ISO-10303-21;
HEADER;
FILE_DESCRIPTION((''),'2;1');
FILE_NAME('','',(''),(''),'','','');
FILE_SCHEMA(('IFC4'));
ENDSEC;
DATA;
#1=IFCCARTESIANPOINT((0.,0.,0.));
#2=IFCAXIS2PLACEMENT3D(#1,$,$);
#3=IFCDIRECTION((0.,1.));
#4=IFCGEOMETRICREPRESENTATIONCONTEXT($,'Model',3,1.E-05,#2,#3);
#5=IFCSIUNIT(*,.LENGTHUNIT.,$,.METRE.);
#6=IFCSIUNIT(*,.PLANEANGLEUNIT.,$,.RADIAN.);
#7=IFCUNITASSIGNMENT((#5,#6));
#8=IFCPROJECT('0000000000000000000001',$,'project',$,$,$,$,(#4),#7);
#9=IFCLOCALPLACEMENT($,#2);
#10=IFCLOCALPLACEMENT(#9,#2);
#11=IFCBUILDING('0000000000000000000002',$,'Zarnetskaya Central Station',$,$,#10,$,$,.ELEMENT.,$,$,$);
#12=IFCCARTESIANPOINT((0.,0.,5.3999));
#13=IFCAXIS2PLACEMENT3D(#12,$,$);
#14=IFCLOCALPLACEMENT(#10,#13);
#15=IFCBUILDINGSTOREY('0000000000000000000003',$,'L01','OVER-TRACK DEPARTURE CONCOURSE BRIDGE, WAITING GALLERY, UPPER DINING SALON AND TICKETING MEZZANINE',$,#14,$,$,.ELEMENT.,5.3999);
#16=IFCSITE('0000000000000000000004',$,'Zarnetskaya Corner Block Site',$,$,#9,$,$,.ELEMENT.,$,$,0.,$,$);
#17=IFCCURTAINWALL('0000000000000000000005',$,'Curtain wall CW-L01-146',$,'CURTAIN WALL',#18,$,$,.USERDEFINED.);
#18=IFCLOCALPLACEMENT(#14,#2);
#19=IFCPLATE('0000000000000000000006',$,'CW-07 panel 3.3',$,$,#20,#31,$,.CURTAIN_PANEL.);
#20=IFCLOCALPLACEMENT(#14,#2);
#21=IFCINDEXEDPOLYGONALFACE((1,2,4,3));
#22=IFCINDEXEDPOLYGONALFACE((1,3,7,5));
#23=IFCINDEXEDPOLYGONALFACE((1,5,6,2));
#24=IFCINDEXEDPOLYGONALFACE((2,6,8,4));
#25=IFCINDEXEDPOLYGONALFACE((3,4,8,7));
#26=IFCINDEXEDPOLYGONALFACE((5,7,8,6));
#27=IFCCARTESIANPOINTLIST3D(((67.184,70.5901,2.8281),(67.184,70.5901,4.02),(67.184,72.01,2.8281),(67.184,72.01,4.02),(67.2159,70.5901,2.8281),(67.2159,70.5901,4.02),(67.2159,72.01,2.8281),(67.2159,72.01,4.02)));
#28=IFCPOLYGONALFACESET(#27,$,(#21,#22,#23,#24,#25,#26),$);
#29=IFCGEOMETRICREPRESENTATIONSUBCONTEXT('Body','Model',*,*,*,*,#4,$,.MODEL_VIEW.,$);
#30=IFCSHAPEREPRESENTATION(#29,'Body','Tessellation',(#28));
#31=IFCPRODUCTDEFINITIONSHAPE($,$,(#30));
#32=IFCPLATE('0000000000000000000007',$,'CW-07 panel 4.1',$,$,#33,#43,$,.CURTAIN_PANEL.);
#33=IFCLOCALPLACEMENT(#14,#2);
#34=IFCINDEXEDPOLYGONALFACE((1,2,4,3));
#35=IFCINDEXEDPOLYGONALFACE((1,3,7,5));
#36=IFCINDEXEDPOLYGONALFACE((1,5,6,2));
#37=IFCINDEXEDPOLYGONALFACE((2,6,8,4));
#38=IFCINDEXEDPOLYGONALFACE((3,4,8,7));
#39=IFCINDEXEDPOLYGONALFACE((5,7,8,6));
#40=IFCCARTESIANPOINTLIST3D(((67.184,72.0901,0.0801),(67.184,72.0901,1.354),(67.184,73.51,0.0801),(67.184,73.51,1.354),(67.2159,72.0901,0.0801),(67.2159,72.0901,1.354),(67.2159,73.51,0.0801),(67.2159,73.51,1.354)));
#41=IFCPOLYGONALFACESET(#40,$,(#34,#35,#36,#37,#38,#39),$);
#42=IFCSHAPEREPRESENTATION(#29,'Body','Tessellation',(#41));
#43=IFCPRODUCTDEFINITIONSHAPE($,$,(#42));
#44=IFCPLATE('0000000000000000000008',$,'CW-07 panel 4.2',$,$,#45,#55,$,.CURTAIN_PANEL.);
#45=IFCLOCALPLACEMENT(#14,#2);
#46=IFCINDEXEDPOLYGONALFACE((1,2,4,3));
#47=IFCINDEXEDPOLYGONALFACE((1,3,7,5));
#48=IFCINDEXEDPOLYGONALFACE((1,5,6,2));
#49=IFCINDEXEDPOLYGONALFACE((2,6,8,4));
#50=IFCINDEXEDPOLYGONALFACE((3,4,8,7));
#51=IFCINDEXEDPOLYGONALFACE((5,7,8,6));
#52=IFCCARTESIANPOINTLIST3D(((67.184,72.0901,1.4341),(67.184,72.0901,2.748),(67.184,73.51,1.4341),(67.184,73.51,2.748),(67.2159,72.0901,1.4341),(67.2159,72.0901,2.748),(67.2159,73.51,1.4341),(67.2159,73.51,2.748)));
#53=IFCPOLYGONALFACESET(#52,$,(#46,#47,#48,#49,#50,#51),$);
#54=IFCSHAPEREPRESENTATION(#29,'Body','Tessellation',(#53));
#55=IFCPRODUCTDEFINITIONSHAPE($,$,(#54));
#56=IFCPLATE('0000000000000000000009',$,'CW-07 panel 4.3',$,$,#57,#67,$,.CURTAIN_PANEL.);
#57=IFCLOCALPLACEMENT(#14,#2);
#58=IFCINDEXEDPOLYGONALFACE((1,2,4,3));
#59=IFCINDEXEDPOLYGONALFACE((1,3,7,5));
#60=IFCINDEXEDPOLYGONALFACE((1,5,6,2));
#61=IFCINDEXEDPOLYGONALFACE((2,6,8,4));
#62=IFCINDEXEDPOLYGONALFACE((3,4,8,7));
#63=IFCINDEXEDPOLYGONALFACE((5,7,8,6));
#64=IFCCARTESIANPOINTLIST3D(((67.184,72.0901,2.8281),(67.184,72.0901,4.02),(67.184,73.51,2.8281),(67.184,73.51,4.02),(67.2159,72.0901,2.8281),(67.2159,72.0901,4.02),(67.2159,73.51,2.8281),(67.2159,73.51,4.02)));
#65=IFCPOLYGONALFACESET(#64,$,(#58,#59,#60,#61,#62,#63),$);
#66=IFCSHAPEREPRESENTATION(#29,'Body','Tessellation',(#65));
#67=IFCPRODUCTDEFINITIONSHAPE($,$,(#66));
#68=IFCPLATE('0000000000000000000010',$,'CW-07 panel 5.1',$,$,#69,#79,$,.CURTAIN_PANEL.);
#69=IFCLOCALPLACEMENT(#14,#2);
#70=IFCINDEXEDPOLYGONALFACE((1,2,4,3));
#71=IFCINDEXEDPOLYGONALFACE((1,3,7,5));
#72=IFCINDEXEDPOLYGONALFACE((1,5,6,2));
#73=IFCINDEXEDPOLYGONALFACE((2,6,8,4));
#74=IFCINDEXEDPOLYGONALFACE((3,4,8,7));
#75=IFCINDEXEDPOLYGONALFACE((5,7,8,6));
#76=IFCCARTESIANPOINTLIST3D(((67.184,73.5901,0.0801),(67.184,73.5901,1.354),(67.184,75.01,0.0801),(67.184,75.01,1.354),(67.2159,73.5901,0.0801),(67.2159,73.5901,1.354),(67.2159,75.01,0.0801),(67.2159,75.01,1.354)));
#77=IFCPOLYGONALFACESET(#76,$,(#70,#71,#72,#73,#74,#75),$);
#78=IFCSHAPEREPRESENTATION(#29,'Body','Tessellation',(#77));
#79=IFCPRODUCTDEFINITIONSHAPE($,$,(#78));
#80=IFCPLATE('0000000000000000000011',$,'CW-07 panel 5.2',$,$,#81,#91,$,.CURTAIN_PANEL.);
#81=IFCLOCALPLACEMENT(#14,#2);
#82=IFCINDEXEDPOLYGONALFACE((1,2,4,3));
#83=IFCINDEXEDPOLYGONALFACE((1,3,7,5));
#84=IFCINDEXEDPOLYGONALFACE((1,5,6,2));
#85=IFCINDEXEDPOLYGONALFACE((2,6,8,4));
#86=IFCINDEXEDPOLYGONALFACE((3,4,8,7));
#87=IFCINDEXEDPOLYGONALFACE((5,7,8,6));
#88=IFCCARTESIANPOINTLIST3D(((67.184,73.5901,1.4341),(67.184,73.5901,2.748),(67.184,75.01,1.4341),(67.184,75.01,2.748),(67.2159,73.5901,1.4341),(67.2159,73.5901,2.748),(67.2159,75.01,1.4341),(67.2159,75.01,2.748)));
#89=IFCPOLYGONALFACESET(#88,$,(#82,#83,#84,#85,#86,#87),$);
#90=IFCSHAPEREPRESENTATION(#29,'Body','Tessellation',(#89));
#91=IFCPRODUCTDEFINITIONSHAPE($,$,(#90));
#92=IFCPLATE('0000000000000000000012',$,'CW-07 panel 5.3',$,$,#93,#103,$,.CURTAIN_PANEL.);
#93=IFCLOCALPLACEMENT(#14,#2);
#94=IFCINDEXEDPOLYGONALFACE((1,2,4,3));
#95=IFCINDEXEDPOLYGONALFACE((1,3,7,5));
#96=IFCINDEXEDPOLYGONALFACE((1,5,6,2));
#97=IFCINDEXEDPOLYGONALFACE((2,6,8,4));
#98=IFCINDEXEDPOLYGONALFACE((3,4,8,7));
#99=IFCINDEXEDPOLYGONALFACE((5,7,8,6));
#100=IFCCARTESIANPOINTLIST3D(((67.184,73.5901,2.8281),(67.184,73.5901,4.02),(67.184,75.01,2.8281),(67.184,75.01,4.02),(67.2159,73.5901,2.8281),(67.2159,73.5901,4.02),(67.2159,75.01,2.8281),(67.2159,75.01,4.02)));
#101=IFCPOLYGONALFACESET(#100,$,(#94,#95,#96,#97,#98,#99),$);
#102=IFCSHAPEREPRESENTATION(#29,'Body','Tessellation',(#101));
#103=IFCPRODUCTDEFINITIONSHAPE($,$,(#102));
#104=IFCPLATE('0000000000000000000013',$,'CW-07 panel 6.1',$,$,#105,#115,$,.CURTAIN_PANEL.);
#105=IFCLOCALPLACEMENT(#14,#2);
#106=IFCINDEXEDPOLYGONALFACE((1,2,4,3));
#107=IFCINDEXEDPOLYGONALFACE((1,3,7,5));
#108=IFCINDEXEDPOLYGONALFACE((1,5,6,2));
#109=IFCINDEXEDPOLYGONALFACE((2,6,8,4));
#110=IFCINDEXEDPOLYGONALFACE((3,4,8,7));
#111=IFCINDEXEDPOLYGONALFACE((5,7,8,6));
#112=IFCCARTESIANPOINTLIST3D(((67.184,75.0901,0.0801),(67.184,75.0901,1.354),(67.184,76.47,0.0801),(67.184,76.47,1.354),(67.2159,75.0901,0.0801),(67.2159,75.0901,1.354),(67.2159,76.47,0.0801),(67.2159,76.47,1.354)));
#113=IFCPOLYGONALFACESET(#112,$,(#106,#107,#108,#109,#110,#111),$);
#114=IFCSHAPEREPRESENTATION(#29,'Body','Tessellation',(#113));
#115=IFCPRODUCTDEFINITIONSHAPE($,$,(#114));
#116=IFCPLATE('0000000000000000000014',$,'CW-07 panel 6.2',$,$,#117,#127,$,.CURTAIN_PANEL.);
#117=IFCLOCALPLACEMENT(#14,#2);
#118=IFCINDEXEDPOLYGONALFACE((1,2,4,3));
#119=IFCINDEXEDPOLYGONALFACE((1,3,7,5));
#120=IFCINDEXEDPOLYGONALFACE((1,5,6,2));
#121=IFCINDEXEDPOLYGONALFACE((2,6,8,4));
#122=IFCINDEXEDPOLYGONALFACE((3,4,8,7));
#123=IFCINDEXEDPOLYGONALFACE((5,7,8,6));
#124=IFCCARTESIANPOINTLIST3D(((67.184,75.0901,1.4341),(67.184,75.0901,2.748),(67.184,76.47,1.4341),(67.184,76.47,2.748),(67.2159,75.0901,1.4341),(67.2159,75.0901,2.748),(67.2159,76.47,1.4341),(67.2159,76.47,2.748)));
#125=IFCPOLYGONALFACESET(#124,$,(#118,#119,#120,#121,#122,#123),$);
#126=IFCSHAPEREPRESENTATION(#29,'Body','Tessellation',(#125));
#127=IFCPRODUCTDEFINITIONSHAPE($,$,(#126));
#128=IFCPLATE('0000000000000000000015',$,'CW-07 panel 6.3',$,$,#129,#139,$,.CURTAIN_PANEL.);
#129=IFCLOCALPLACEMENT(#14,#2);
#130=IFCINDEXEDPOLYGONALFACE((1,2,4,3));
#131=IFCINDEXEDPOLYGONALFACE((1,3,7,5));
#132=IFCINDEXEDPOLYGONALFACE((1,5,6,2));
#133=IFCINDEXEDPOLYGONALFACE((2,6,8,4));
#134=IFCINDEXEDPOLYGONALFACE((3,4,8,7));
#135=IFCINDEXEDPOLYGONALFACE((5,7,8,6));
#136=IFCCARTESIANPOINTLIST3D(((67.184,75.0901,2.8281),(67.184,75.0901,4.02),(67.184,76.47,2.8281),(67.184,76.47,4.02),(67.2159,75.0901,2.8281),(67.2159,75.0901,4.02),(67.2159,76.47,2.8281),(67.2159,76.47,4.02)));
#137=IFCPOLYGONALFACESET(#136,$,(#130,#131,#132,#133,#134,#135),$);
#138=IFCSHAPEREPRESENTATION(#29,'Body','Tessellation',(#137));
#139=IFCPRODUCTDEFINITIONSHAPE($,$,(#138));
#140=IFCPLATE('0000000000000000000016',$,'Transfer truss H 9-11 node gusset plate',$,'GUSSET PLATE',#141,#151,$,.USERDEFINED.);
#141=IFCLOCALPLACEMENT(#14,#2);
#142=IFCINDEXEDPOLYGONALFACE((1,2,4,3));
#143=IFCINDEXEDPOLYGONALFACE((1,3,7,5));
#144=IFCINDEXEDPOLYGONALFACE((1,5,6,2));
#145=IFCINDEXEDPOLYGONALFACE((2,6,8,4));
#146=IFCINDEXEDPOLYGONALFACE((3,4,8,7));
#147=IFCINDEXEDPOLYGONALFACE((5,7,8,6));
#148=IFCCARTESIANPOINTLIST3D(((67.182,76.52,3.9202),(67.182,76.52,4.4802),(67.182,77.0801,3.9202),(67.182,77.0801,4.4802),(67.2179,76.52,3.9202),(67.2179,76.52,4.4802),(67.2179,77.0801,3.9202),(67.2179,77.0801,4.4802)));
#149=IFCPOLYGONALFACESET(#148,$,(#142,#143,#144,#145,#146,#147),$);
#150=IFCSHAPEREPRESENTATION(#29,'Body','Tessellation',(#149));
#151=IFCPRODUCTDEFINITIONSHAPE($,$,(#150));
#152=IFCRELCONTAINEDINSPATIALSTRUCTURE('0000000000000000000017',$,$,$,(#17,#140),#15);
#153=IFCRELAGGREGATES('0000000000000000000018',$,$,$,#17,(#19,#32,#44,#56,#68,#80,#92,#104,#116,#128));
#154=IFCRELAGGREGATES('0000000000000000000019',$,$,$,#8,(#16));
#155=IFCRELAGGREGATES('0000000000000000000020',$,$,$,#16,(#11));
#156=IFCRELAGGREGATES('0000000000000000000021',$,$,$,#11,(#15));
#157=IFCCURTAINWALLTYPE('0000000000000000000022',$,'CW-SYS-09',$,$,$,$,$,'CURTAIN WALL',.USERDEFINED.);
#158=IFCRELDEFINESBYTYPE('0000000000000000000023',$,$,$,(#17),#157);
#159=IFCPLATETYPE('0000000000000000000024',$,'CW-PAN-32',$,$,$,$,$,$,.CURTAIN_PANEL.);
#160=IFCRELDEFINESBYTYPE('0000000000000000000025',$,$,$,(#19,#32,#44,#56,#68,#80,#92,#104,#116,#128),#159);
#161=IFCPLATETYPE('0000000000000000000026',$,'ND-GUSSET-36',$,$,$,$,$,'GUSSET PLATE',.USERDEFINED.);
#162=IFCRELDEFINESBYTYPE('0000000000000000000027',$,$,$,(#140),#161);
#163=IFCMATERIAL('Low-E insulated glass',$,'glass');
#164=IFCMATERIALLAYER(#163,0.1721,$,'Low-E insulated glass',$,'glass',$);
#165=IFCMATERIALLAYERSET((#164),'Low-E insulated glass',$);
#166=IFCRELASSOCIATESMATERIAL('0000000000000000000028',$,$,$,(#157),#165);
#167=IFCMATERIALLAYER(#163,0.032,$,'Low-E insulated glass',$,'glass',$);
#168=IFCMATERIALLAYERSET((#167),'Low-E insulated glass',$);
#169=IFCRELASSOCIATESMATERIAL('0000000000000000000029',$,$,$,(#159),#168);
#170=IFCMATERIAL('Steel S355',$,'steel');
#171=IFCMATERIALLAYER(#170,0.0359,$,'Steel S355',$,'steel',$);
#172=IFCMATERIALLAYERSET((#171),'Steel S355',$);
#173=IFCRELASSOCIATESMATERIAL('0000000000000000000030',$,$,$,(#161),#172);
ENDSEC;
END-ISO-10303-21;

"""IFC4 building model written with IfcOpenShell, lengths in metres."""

from ifc_helpers import new_model, si_unit, direction, frame, origin, origin_2d, place, context, subcontext, project, spatial, rectangle, extrude, material, layer, layer_set, type_object, element, aggregate, save


model = new_model("IFC4")

# Units and contexts
model_context = context("Model", 3, precision=1e-05, world=origin(), true_north=direction((0.0, 1.0)))
body_context = subcontext(model_context, "Body", "Model", "MODEL_VIEW")
ifc_project = project(units=[si_unit("LENGTHUNIT", "METRE"), si_unit("PLANEANGLEUNIT", "RADIAN")], contexts=[model_context])

# Site, building, storey
site_placement = place(None, origin())
site = spatial("IfcSite", under=ifc_project, at=site_placement, Name="Zarnetskaya Corner Block Site", CompositionType="ELEMENT", RefElevation=0.0)
building_placement = place(site_placement, origin())
building = spatial("IfcBuilding", under=site, at=building_placement, Name="Zarnetskaya Central Station", CompositionType="ELEMENT")
storey_placement = place(building_placement, frame((0.0, 0.0, 5.3999)))
storey = spatial("IfcBuildingStorey", under=building, at=storey_placement, Name="L01", Description="OVER-TRACK DEPARTURE CONCOURSE BRIDGE, WAITING GALLERY, UPPER DINING SALON AND TICKETING MEZZANINE", CompositionType="ELEMENT", Elevation=5.3999)

# Shared definitions
ifc_material_1 = material(Name="Low-E insulated glass", Category="glass")
ifc_layer_1 = layer(ifc_material_1, 0.1721, Name="Low-E insulated glass", Category="glass")
ifc_layer_set_1 = layer_set([ifc_layer_1], Name="Low-E insulated glass")
curtain_wall_type = type_object("IfcCurtainWallType", Name="CW-SYS-09", ElementType="CURTAIN WALL", PredefinedType="USERDEFINED", material=ifc_layer_set_1)

# Curtain wall
curtain_wall_1_placement = place(storey_placement, origin())
curtain_wall_1 = element("IfcCurtainWall", 1, at=curtain_wall_1_placement, inside=storey, type_object=curtain_wall_type, Name="Curtain wall CW-L01-146", ObjectType="CURTAIN WALL", PredefinedType="USERDEFINED")

# Shared definitions
ifc_material_2 = material(Name="Steel S355", Category="steel")

# Plates
ifc_layer_2 = layer(ifc_material_1, 0.032, Name="Low-E insulated glass", Category="glass")
ifc_layer_set_2 = layer_set([ifc_layer_2], Name="Low-E insulated glass")
plate_type_1 = type_object("IfcPlateType", Name="CW-PAN-32", PredefinedType="CURTAIN_PANEL", material=ifc_layer_set_2)
plate_1_placement = place(storey_placement, frame((67.2, 71.3, 2.8281), z_axis=(0.0, 0.0, 1.0), x_axis=(0.0, 1.0, 0.0)))
plate_1 = element("IfcPlate", 2, at=plate_1_placement, type_object=plate_type_1, Name="CW-07 panel 3.3", PredefinedType="CURTAIN_PANEL", context=body_context, shape_type="SweptSolid", body=[
    extrude(rectangle(XDim=1.4199, YDim=0.032, at=origin_2d()), origin(), (0.0, 0.0, 1.0), 1.1919),
])
plate_2_placement = place(storey_placement, frame((67.2, 72.8, 0.0801), z_axis=(0.0, 0.0, 1.0), x_axis=(0.0, 1.0, 0.0)))
plate_2 = element("IfcPlate", 3, at=plate_2_placement, type_object=plate_type_1, Name="CW-07 panel 4.1", PredefinedType="CURTAIN_PANEL", context=body_context, shape_type="SweptSolid", body=[
    extrude(rectangle(XDim=1.4199, YDim=0.032, at=origin_2d()), origin(), (0.0, 0.0, 1.0), 1.2739),
])
plate_3_placement = place(storey_placement, frame((67.2, 72.8, 1.4341), z_axis=(0.0, 0.0, 1.0), x_axis=(0.0, 1.0, 0.0)))
plate_3 = element("IfcPlate", 4, at=plate_3_placement, type_object=plate_type_1, Name="CW-07 panel 4.2", PredefinedType="CURTAIN_PANEL", context=body_context, shape_type="SweptSolid", body=[
    extrude(rectangle(XDim=1.4199, YDim=0.032, at=origin_2d()), origin(), (0.0, 0.0, 1.0), 1.314),
])
plate_4_placement = place(storey_placement, frame((67.2, 72.8, 2.8281), z_axis=(0.0, 0.0, 1.0), x_axis=(0.0, 1.0, 0.0)))
plate_4 = element("IfcPlate", 5, at=plate_4_placement, type_object=plate_type_1, Name="CW-07 panel 4.3", PredefinedType="CURTAIN_PANEL", context=body_context, shape_type="SweptSolid", body=[
    extrude(rectangle(XDim=1.4199, YDim=0.032, at=origin_2d()), origin(), (0.0, 0.0, 1.0), 1.1919),
])
plate_5_placement = place(storey_placement, frame((67.2, 74.3, 0.0801), z_axis=(0.0, 0.0, 1.0), x_axis=(0.0, 1.0, 0.0)))
plate_5 = element("IfcPlate", 6, at=plate_5_placement, type_object=plate_type_1, Name="CW-07 panel 5.1", PredefinedType="CURTAIN_PANEL", context=body_context, shape_type="SweptSolid", body=[
    extrude(rectangle(XDim=1.4199, YDim=0.032, at=origin_2d()), origin(), (0.0, 0.0, 1.0), 1.2739),
])
plate_6_placement = place(storey_placement, frame((67.2, 74.3, 1.4341), z_axis=(0.0, 0.0, 1.0), x_axis=(0.0, 1.0, 0.0)))
plate_6 = element("IfcPlate", 7, at=plate_6_placement, type_object=plate_type_1, Name="CW-07 panel 5.2", PredefinedType="CURTAIN_PANEL", context=body_context, shape_type="SweptSolid", body=[
    extrude(rectangle(XDim=1.4199, YDim=0.032, at=origin_2d()), origin(), (0.0, 0.0, 1.0), 1.314),
])
plate_7_placement = place(storey_placement, frame((67.2, 74.3, 2.8281), z_axis=(0.0, 0.0, 1.0), x_axis=(0.0, 1.0, 0.0)))
plate_7 = element("IfcPlate", 8, at=plate_7_placement, type_object=plate_type_1, Name="CW-07 panel 5.3", PredefinedType="CURTAIN_PANEL", context=body_context, shape_type="SweptSolid", body=[
    extrude(rectangle(XDim=1.4199, YDim=0.032, at=origin_2d()), origin(), (0.0, 0.0, 1.0), 1.1919),
])
plate_8_placement = place(storey_placement, frame((67.2, 75.78, 0.0801), z_axis=(0.0, 0.0, 1.0), x_axis=(0.0, 1.0, 0.0)))
plate_8 = element("IfcPlate", 9, at=plate_8_placement, type_object=plate_type_1, Name="CW-07 panel 6.1", PredefinedType="CURTAIN_PANEL", context=body_context, shape_type="SweptSolid", body=[
    extrude(rectangle(XDim=1.3799, YDim=0.032, at=origin_2d()), origin(), (0.0, 0.0, 1.0), 1.2739),
])
plate_9_placement = place(storey_placement, frame((67.2, 75.78, 1.4341), z_axis=(0.0, 0.0, 1.0), x_axis=(0.0, 1.0, 0.0)))
plate_9 = element("IfcPlate", 10, at=plate_9_placement, type_object=plate_type_1, Name="CW-07 panel 6.2", PredefinedType="CURTAIN_PANEL", context=body_context, shape_type="SweptSolid", body=[
    extrude(rectangle(XDim=1.3799, YDim=0.032, at=origin_2d()), origin(), (0.0, 0.0, 1.0), 1.314),
])
plate_10_placement = place(storey_placement, frame((67.2, 75.78, 2.8281), z_axis=(0.0, 0.0, 1.0), x_axis=(0.0, 1.0, 0.0)))
plate_10 = element("IfcPlate", 11, at=plate_10_placement, type_object=plate_type_1, Name="CW-07 panel 6.3", PredefinedType="CURTAIN_PANEL", context=body_context, shape_type="SweptSolid", body=[
    extrude(rectangle(XDim=1.3799, YDim=0.032, at=origin_2d()), origin(), (0.0, 0.0, 1.0), 1.1919),
])
aggregate(curtain_wall_1, [plate_1, plate_2, plate_3, plate_4, plate_5, plate_6, plate_7, plate_8, plate_9, plate_10])
ifc_layer_3 = layer(ifc_material_2, 0.0359, Name="Steel S355", Category="steel")
ifc_layer_set_3 = layer_set([ifc_layer_3], Name="Steel S355")
plate_type_2 = type_object("IfcPlateType", Name="ND-GUSSET-36", ElementType="GUSSET PLATE", PredefinedType="USERDEFINED", material=ifc_layer_set_3)
plate_11_placement = place(storey_placement, frame((67.2, 76.8, 3.9202), z_axis=(0.0, 0.0, 1.0), x_axis=(1.0, 0.0, 0.0)))
element("IfcPlate", 12, at=plate_11_placement, inside=storey, type_object=plate_type_2, Name="Transfer truss H 9-11 node gusset plate", ObjectType="GUSSET PLATE", PredefinedType="USERDEFINED", context=body_context, shape_type="SweptSolid", body=[
    extrude(rectangle(XDim=0.0359, YDim=0.5601, at=origin_2d()), origin(), (0.0, 0.0, 1.0), 0.5601),
])

save(model, "model.ifc")
